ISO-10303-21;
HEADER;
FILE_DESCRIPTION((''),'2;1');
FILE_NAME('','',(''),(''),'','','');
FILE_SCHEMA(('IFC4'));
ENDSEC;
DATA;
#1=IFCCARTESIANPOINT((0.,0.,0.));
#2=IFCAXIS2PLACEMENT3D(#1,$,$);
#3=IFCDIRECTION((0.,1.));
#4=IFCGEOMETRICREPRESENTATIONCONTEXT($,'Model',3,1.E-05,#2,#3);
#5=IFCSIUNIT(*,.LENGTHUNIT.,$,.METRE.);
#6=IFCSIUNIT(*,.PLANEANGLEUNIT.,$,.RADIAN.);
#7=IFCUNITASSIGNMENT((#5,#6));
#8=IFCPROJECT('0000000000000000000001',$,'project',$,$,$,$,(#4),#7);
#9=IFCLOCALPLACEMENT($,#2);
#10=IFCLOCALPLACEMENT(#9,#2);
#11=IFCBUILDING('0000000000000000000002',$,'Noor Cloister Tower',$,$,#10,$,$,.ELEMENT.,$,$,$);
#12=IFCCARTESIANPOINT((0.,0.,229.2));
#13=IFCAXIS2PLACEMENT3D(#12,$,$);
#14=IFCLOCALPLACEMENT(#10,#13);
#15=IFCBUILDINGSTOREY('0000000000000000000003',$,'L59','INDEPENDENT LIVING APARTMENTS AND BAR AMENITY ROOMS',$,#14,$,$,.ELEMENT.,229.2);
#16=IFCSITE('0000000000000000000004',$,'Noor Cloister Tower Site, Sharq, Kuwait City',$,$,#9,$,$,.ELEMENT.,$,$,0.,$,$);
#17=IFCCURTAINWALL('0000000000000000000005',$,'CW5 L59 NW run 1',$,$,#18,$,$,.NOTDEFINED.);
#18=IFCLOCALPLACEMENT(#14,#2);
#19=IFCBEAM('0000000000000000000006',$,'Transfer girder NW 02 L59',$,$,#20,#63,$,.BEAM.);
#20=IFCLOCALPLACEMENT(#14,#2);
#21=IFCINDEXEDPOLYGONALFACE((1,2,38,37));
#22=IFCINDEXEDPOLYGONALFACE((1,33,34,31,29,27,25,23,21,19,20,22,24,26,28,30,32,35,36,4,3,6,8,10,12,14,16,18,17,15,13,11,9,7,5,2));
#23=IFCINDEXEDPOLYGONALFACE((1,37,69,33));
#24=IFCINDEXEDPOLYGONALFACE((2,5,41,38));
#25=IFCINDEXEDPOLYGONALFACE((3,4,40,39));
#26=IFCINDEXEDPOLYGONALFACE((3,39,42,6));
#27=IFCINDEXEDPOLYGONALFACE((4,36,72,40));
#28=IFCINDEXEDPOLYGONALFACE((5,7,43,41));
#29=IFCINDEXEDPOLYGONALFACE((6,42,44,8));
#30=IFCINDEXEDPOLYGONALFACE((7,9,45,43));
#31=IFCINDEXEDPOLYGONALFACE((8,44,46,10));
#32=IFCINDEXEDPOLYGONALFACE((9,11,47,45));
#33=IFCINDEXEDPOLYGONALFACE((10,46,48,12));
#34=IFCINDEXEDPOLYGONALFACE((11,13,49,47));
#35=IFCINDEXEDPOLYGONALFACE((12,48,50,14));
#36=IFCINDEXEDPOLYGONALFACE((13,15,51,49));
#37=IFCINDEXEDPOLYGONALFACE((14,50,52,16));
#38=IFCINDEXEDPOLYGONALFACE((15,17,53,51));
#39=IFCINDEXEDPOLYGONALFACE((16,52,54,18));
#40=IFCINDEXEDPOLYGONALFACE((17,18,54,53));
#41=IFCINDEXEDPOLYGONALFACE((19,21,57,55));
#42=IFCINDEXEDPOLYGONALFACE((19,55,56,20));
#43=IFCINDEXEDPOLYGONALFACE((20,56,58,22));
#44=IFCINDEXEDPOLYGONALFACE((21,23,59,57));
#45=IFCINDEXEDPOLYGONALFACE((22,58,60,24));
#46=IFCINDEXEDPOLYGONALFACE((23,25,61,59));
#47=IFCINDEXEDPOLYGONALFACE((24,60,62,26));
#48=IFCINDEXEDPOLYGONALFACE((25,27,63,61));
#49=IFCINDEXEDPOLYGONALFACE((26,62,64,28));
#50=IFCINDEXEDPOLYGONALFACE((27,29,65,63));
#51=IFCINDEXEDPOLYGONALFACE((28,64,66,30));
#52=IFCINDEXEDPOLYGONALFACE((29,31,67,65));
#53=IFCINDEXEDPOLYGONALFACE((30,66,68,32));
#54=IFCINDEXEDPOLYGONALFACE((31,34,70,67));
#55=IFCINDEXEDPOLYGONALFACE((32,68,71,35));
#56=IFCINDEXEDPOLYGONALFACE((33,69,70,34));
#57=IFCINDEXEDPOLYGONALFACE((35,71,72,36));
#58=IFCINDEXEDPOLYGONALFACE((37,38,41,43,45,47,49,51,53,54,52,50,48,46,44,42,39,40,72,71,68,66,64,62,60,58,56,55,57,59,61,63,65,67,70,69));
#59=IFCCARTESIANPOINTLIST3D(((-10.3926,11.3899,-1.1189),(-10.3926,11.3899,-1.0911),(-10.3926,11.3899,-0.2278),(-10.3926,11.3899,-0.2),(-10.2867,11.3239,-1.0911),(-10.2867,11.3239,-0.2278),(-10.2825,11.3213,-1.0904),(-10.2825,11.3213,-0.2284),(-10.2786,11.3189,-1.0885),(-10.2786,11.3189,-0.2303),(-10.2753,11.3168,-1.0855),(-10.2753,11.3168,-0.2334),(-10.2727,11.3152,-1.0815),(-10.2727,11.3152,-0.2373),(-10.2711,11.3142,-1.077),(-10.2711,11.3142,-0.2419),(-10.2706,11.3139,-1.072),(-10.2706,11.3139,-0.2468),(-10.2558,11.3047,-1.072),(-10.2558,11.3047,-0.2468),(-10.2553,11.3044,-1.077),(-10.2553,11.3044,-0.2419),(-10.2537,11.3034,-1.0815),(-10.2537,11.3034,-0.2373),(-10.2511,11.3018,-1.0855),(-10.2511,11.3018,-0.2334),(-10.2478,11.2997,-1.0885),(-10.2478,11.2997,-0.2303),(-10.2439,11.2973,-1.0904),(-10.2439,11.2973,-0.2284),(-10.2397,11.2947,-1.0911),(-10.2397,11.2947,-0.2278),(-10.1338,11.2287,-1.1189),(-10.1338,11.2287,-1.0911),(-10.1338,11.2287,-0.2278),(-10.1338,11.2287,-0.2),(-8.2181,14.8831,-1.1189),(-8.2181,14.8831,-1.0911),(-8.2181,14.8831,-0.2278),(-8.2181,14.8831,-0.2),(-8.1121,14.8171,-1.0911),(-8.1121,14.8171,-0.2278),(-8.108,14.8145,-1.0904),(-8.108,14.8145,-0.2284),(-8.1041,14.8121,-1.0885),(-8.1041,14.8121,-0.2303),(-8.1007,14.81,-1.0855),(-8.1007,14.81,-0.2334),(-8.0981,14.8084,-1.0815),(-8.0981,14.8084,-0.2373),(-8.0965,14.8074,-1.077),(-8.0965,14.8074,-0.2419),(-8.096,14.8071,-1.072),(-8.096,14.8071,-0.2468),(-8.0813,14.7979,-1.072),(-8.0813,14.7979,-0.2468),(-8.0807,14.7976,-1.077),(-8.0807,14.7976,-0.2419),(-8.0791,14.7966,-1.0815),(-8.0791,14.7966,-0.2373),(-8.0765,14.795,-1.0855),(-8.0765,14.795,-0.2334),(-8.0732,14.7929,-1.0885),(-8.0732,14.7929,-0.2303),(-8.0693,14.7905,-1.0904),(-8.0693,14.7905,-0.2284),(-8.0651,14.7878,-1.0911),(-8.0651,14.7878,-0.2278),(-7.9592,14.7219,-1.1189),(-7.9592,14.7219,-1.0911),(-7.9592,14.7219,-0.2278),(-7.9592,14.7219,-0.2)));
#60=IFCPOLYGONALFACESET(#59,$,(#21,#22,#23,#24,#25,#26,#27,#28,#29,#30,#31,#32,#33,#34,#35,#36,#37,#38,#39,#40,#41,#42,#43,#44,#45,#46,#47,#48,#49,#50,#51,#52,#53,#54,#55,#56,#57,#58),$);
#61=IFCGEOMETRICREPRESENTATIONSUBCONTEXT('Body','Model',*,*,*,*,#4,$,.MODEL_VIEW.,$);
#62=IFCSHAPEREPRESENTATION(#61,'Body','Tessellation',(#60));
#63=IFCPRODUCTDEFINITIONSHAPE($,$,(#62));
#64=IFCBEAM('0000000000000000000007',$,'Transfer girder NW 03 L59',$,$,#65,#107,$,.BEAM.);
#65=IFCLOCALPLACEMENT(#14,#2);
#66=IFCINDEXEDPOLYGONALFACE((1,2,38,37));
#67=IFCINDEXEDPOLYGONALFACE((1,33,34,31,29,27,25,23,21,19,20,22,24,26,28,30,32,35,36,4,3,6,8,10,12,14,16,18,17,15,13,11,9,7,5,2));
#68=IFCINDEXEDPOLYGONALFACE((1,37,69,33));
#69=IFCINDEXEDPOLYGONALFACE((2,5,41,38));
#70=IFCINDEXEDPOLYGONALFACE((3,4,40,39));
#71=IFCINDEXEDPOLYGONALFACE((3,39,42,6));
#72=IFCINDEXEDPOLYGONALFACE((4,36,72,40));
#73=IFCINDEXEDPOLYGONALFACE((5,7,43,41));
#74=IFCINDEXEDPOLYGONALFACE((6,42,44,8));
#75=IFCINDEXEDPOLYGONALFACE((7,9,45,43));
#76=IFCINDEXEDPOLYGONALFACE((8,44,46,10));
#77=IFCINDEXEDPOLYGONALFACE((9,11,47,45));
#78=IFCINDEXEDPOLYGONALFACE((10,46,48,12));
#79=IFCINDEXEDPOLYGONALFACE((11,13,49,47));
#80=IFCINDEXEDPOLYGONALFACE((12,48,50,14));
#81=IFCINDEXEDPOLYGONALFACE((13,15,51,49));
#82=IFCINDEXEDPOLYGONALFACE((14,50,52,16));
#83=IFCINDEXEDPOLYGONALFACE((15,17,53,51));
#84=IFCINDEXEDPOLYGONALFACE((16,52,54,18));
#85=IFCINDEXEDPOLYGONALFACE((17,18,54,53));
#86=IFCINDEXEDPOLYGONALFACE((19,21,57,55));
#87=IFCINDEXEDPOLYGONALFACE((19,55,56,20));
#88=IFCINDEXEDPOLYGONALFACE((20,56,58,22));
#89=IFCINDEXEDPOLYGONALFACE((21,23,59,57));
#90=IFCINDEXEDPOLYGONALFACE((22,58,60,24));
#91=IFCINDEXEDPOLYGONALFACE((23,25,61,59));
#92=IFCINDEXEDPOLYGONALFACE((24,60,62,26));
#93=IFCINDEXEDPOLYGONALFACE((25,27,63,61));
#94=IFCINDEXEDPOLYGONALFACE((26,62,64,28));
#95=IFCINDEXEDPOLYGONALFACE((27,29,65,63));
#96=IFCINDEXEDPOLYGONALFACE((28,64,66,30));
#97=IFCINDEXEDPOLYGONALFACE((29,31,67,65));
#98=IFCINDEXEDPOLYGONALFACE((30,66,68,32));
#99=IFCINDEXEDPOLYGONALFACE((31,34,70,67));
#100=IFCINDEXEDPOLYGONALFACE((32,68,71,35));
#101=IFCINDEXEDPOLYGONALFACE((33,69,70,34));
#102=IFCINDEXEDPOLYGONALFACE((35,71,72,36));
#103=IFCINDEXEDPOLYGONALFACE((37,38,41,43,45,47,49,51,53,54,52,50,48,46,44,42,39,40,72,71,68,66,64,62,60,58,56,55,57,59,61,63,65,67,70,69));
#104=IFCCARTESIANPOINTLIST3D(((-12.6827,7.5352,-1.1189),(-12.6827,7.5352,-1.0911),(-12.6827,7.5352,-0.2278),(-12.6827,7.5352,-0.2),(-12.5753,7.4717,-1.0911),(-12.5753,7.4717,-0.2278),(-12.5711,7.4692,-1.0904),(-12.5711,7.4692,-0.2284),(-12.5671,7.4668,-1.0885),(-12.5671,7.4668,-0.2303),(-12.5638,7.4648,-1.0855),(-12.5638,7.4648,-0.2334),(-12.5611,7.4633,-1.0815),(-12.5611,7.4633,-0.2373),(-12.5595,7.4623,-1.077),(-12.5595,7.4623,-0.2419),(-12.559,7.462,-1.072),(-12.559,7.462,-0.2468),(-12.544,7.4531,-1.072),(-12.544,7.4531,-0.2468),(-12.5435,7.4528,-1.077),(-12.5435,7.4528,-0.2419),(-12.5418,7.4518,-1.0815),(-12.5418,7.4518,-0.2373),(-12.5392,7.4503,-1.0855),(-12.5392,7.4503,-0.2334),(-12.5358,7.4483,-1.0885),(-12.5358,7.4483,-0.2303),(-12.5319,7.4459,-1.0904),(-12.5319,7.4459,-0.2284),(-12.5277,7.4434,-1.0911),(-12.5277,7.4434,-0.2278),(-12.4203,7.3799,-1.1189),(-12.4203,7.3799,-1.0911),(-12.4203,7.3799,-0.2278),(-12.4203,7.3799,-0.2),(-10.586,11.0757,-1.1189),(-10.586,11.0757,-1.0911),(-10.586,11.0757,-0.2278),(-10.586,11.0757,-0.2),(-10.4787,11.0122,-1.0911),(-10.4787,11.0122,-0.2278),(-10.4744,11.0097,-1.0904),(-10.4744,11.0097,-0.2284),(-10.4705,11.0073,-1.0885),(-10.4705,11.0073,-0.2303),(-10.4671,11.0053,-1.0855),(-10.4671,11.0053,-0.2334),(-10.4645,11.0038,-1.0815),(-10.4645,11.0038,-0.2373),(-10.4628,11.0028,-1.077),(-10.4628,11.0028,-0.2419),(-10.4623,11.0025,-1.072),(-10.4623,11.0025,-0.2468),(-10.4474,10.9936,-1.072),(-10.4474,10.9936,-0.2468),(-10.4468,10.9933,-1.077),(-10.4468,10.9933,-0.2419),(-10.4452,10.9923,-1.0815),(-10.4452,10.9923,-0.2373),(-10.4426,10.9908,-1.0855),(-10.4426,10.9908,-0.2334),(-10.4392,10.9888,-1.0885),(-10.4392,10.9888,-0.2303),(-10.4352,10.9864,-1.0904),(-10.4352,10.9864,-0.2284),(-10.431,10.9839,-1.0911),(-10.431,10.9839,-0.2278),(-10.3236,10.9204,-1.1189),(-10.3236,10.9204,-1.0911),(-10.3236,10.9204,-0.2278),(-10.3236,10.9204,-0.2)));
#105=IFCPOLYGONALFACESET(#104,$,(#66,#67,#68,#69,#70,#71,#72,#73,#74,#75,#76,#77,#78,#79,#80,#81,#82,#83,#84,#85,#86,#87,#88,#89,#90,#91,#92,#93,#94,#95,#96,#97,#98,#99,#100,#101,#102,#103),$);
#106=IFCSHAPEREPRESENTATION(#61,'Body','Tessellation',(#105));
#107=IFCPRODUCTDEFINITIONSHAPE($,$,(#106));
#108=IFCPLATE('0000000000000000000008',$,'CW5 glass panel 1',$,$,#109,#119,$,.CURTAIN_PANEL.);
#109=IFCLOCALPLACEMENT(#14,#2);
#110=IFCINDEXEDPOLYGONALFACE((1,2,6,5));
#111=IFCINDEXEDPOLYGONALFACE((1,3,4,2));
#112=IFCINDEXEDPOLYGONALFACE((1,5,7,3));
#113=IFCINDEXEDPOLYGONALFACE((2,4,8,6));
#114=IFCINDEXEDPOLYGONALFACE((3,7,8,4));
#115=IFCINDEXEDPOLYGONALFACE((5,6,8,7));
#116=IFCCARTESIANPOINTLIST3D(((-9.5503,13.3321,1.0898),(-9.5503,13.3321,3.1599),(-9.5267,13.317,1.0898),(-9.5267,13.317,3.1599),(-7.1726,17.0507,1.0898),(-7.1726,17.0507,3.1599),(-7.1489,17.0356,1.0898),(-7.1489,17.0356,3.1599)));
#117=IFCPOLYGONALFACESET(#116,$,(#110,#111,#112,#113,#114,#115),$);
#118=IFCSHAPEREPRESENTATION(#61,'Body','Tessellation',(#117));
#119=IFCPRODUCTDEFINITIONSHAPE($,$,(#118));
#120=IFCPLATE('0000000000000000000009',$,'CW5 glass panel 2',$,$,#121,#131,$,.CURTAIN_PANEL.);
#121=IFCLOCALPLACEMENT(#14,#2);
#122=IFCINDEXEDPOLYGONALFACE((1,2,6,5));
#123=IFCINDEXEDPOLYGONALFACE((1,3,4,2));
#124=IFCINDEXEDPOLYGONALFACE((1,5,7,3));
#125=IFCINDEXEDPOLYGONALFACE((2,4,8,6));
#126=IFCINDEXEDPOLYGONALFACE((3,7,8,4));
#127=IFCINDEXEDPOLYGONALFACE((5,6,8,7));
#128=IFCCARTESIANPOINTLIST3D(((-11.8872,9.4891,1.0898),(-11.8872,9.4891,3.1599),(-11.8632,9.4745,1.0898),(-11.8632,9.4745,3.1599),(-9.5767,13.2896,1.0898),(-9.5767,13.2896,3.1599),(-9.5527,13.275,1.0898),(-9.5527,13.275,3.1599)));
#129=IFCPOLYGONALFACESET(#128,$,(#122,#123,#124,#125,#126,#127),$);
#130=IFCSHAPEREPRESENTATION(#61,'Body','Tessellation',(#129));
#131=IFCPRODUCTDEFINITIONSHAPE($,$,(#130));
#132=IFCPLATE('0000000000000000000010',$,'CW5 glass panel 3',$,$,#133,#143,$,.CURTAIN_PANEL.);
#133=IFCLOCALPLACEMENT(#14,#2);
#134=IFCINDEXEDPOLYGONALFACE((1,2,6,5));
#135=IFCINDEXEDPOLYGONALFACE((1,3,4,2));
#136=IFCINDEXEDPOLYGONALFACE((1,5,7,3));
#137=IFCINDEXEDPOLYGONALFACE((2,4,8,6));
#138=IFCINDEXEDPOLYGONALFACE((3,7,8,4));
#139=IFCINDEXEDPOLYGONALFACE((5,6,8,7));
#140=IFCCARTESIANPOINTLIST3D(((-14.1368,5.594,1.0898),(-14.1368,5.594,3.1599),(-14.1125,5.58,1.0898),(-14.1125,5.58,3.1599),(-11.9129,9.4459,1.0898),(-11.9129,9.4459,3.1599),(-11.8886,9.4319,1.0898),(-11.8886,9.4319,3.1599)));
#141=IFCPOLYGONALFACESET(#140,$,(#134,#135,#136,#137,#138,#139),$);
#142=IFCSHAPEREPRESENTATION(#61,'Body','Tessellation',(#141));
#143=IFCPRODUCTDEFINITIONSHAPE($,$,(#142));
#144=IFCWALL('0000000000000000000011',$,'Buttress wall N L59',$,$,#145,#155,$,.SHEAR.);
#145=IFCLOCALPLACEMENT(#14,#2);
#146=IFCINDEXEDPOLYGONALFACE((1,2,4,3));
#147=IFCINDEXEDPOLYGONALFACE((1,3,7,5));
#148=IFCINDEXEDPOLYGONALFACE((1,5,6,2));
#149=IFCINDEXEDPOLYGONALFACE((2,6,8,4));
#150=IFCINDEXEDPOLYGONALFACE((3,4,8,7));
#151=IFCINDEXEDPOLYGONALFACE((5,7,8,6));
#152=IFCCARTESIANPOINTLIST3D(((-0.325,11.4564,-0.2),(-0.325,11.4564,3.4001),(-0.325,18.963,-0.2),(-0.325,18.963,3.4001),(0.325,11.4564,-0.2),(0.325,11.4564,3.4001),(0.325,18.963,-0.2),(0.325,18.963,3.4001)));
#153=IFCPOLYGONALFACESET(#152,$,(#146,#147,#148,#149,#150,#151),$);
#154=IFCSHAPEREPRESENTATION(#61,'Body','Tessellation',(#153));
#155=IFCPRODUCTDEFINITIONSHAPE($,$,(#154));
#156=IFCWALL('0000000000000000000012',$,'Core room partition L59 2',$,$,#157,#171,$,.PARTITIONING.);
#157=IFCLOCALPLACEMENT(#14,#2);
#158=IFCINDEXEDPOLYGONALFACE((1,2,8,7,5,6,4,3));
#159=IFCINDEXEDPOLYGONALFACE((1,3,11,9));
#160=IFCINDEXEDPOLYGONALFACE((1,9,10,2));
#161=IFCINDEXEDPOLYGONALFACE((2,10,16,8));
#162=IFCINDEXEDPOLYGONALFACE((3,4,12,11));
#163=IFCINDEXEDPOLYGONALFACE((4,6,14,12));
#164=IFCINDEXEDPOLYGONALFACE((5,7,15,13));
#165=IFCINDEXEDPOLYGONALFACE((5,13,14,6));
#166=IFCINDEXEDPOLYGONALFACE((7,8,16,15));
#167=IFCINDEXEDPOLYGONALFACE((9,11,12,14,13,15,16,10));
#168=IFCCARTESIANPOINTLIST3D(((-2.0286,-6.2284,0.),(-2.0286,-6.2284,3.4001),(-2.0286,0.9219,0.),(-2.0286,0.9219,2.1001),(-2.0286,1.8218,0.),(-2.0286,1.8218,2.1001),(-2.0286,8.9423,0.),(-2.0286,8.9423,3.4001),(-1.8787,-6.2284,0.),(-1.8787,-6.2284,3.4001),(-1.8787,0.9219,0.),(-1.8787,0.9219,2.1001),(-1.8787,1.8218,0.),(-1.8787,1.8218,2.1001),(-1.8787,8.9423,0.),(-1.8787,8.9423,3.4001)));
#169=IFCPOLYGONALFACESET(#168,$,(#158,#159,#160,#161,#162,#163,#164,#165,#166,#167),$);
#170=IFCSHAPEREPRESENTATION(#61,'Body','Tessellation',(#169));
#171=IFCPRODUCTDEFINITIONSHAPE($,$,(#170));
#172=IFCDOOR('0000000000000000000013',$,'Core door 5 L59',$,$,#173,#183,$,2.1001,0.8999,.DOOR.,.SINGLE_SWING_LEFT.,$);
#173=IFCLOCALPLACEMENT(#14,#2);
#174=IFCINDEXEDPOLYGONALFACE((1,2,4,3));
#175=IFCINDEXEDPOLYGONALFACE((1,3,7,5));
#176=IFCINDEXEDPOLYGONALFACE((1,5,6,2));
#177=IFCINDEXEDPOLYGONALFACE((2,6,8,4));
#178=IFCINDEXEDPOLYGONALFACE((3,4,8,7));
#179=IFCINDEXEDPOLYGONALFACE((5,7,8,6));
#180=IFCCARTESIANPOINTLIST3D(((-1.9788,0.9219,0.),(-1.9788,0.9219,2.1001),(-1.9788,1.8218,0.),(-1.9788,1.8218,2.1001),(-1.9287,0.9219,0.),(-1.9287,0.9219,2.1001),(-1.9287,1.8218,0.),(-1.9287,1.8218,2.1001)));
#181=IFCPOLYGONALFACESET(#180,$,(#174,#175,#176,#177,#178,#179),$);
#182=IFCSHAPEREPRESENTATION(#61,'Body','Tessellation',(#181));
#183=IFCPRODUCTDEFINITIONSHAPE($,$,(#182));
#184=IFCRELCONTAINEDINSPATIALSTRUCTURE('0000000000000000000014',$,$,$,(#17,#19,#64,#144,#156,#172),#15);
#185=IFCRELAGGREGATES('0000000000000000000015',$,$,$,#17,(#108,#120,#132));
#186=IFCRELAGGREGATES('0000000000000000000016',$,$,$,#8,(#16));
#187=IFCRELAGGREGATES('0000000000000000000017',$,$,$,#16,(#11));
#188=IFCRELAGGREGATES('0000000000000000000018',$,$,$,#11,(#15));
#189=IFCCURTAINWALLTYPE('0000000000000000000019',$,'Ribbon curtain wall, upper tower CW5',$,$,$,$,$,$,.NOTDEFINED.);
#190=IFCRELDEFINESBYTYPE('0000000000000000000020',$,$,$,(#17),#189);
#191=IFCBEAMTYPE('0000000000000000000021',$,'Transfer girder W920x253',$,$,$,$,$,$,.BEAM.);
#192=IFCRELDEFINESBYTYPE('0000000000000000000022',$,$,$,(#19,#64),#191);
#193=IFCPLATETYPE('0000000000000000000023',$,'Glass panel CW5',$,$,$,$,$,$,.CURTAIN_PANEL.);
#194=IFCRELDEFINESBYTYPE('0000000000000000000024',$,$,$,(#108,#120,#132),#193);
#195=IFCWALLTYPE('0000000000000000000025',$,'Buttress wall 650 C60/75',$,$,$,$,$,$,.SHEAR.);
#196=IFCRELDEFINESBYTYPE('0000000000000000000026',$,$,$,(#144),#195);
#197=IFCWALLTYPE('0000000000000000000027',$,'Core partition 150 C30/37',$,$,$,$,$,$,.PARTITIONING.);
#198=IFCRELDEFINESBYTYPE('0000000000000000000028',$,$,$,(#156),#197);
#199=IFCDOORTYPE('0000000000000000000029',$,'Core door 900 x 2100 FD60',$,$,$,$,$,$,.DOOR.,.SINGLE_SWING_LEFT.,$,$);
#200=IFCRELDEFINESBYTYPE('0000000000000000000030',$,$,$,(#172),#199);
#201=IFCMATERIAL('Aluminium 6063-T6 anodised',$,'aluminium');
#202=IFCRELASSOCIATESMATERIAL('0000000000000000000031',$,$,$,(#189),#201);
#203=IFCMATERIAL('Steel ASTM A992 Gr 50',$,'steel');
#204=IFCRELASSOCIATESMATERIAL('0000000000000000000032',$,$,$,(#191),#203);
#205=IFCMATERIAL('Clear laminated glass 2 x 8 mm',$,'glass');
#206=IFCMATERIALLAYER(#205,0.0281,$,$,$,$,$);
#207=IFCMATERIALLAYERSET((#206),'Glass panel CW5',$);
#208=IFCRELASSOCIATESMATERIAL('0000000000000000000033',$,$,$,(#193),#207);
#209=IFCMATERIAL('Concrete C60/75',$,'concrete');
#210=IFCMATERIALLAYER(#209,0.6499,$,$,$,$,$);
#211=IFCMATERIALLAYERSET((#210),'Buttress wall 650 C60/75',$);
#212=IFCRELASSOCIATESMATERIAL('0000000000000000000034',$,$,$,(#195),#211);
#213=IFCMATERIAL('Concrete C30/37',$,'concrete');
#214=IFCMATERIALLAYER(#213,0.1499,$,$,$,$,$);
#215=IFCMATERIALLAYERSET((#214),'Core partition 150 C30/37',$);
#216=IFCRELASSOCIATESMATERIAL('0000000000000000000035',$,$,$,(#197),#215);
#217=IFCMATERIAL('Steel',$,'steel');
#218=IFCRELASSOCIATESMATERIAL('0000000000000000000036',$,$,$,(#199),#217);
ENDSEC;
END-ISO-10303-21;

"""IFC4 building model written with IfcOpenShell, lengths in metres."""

from ifc_helpers import new_model, si_unit, direction, frame, frame_2d, origin, origin_2d, place, context, subcontext, project, spatial, rectangle, i_section, extrude, material, layer, layer_set, material_profile, profile_set, type_object, element, fill, aggregate, save


model = new_model("IFC4")

# Units and contexts
model_context = context("Model", 3, precision=1e-05, world=origin(), true_north=direction((0.0, 1.0)))
body_context = subcontext(model_context, "Body", "Model", "MODEL_VIEW")
ifc_project = project(units=[si_unit("LENGTHUNIT", "METRE"), si_unit("PLANEANGLEUNIT", "RADIAN")], contexts=[model_context])

# Site, building, storey
site_placement = place(None, origin())
site = spatial("IfcSite", under=ifc_project, at=site_placement, Name="Noor Cloister Tower Site, Sharq, Kuwait City", CompositionType="ELEMENT", RefElevation=0.0)
building_placement = place(site_placement, origin())
building = spatial("IfcBuilding", under=site, at=building_placement, Name="Noor Cloister Tower", CompositionType="ELEMENT")
storey_placement = place(building_placement, frame((0.0, 0.0, 229.2)))
storey = spatial("IfcBuildingStorey", under=building, at=storey_placement, Name="L59", Description="INDEPENDENT LIVING APARTMENTS AND BAR AMENITY ROOMS", CompositionType="ELEMENT", Elevation=229.2)

# Curtain wall
ifc_material_1 = material(Name="Aluminium 6063-T6 anodised", Category="aluminium")
curtain_wall_type = type_object("IfcCurtainWallType", Name="Ribbon curtain wall, upper tower CW5", PredefinedType="NOTDEFINED", material=ifc_material_1)
curtain_wall_placement = place(storey_placement, origin())
curtain_wall = element("IfcCurtainWall", 1, at=curtain_wall_placement, inside=storey, type_object=curtain_wall_type, Name="CW5 L59 NW run 1", PredefinedType="NOTDEFINED")

# Beams
ifc_material_2 = material(Name="Steel ASTM A992 Gr 50", Category="steel")
ifc_material_profile_1 = material_profile(ifc_material_2, i_section(OverallWidth=0.3049, OverallDepth=0.9189, WebThickness=0.0173, FlangeThickness=0.0278, FilletRadius=0.019, at=origin_2d()), Name="W920x253")
ifc_profile_set_1 = profile_set([ifc_material_profile_1], Name="Steel ASTM A992 Gr 50")
beam_type_1 = type_object("IfcBeamType", Name="Transfer girder W920x253", PredefinedType="BEAM", material=ifc_profile_set_1)
for number, where, z_axis, x_axis, name in (
    (2, (-8.0886, 14.8025, -0.6594), (-0.528483, -0.848944, 0.0), (0.848944, -0.528483, 0.0), "Transfer girder NW 02 L59"),
    (3, (-10.4548, 10.998, -0.6594), (-0.509549, -0.860442, 0.0), (0.860442, -0.509549, 0.0), "Transfer girder NW 03 L59"),
):
    element("IfcBeam", number, at=place(storey_placement, frame(where, z_axis=z_axis, x_axis=x_axis)), inside=storey, type_object=beam_type_1, Name=name, PredefinedType="BEAM", context=body_context, shape_type="SweptSolid", body=[
        extrude(i_section(OverallWidth=0.3049, OverallDepth=0.9189, WebThickness=0.0173, FlangeThickness=0.0278, FilletRadius=0.019, at=origin_2d()), origin(), (0.0, 0.0, 1.0), 4.1147),
    ])

# Plates
ifc_material_3 = material(Name="Clear laminated glass 2 x 8 mm", Category="glass")
ifc_layer_1 = layer(ifc_material_3, 0.0281)
ifc_layer_set_1 = layer_set([ifc_layer_1], Name="Glass panel CW5")
plate_type = type_object("IfcPlateType", Name="Glass panel CW5", PredefinedType="CURTAIN_PANEL", material=ifc_layer_set_1)
plate_1_placement = place(storey_placement, frame((-8.3496, 15.1838, 1.0898), z_axis=(0.0, 0.0, 1.0), x_axis=(-0.538705, -0.842494, 0.0)))
plate_1 = element("IfcPlate", 4, at=plate_1_placement, type_object=plate_type, Name="CW5 glass panel 1", PredefinedType="CURTAIN_PANEL", context=body_context, shape_type="SweptSolid", body=[
    extrude(rectangle(XDim=4.4138, YDim=0.0281, at=origin_2d()), origin(), (0.0, 0.0, 1.0), 2.0701),
])
plate_2_placement = place(storey_placement, frame((-10.72, 11.3821, 1.0898), z_axis=(0.0, 0.0, 1.0), x_axis=(-0.519486, -0.854479, 0.0)))
plate_2 = element("IfcPlate", 5, at=plate_2_placement, type_object=plate_type, Name="CW5 glass panel 2", PredefinedType="CURTAIN_PANEL", context=body_context, shape_type="SweptSolid", body=[
    extrude(rectangle(XDim=4.4478, YDim=0.0281, at=origin_2d()), origin(), (0.0, 0.0, 1.0), 2.0701),
])
plate_3_placement = place(storey_placement, frame((-13.0127, 7.5129, 1.0898), z_axis=(0.0, 0.0, 1.0), x_axis=(-0.5, -0.866025, 0.0)))
plate_3 = element("IfcPlate", 6, at=plate_3_placement, type_object=plate_type, Name="CW5 glass panel 3", PredefinedType="CURTAIN_PANEL", context=body_context, shape_type="SweptSolid", body=[
    extrude(rectangle(XDim=4.4478, YDim=0.0281, at=origin_2d()), origin(), (0.0, 0.0, 1.0), 2.0701),
])
aggregate(curtain_wall, [plate_1, plate_2, plate_3])

# Wall
ifc_material_4 = material(Name="Concrete C60/75", Category="concrete")
ifc_layer_2 = layer(ifc_material_4, 0.6499)
ifc_layer_set_2 = layer_set([ifc_layer_2], Name="Buttress wall 650 C60/75")
wall_type_1 = type_object("IfcWallType", Name="Buttress wall 650 C60/75", PredefinedType="SHEAR", material=ifc_layer_set_2)
wall_1_placement = place(storey_placement, frame((0.0, 11.4563, -0.2), z_axis=(0.0, 0.0, 1.0), x_axis=(0.0, 1.0, 0.0)))
element("IfcWall", 7, at=wall_1_placement, inside=storey, type_object=wall_type_1, Name="Buttress wall N L59", PredefinedType="SHEAR", context=body_context, shape_type="SweptSolid", body=[
    extrude(rectangle(XDim=7.5066, YDim=0.6499, at=frame_2d((3.7534, 0.0))), origin(), (0.0, 0.0, 1.0), 3.6001),
])

# Wall, opening, door
ifc_material_5 = material(Name="Concrete C30/37", Category="concrete")
ifc_layer_3 = layer(ifc_material_5, 0.1499)
ifc_layer_set_3 = layer_set([ifc_layer_3], Name="Core partition 150 C30/37")
wall_type_2 = type_object("IfcWallType", Name="Core partition 150 C30/37", PredefinedType="PARTITIONING", material=ifc_layer_set_3)
wall_2_placement = place(storey_placement, frame((-1.9536, 8.9424, 0.0), z_axis=(0.0, 0.0, 1.0), x_axis=(0.0, -1.0, 0.0)))
wall_2 = element("IfcWall", 8, at=wall_2_placement, inside=storey, type_object=wall_type_2, Name="Core room partition L59 2", PredefinedType="PARTITIONING", context=body_context, shape_type="SweptSolid", body=[
    extrude(rectangle(XDim=15.1707, YDim=0.1499, at=frame_2d((7.5854, 0.0))), origin(), (0.0, 0.0, 1.0), 3.4001),
])
opening_1_placement = place(wall_2_placement, frame((7.1206, 0.0, 0.0)))
opening_1 = element("IfcOpeningElement", 9, at=opening_1_placement, cuts=wall_2, PredefinedType="OPENING", context=body_context, shape_type="SweptSolid", body=[
    extrude(rectangle(XDim=0.8999, YDim=2.1001, at=frame_2d((0.45, 1.05))), frame((0.0, 0.085, 0.0), z_axis=(0.0, -1.0, 0.0), x_axis=(1.0, 0.0, 0.0)), (0.0, 0.0, 1.0), 0.1699),
])
ifc_material_6 = material(Name="Steel", Category="steel")
door_type_1 = type_object("IfcDoorType", Name="Core door 900 x 2100 FD60", OperationType="SINGLE_SWING_LEFT", PredefinedType="DOOR", material=ifc_material_6)
door_1_placement = place(opening_1_placement, origin())
door_1 = element("IfcDoor", 10, at=door_1_placement, inside=storey, type_object=door_type_1, Name="Core door 5 L59", OperationType="SINGLE_SWING_LEFT", OverallHeight=2.1001, OverallWidth=0.8999, PredefinedType="DOOR", context=body_context, shape_type="SweptSolid", body=[
    extrude(rectangle(XDim=0.8999, YDim=2.1001, at=frame_2d((0.45, 1.05))), frame((0.0, 0.0249, 0.0), z_axis=(0.0, -1.0, 0.0), x_axis=(1.0, 0.0, 0.0)), (0.0, 0.0, 1.0), 0.05),
])
fill(opening_1, door_1)

save(model, "model.ifc")
